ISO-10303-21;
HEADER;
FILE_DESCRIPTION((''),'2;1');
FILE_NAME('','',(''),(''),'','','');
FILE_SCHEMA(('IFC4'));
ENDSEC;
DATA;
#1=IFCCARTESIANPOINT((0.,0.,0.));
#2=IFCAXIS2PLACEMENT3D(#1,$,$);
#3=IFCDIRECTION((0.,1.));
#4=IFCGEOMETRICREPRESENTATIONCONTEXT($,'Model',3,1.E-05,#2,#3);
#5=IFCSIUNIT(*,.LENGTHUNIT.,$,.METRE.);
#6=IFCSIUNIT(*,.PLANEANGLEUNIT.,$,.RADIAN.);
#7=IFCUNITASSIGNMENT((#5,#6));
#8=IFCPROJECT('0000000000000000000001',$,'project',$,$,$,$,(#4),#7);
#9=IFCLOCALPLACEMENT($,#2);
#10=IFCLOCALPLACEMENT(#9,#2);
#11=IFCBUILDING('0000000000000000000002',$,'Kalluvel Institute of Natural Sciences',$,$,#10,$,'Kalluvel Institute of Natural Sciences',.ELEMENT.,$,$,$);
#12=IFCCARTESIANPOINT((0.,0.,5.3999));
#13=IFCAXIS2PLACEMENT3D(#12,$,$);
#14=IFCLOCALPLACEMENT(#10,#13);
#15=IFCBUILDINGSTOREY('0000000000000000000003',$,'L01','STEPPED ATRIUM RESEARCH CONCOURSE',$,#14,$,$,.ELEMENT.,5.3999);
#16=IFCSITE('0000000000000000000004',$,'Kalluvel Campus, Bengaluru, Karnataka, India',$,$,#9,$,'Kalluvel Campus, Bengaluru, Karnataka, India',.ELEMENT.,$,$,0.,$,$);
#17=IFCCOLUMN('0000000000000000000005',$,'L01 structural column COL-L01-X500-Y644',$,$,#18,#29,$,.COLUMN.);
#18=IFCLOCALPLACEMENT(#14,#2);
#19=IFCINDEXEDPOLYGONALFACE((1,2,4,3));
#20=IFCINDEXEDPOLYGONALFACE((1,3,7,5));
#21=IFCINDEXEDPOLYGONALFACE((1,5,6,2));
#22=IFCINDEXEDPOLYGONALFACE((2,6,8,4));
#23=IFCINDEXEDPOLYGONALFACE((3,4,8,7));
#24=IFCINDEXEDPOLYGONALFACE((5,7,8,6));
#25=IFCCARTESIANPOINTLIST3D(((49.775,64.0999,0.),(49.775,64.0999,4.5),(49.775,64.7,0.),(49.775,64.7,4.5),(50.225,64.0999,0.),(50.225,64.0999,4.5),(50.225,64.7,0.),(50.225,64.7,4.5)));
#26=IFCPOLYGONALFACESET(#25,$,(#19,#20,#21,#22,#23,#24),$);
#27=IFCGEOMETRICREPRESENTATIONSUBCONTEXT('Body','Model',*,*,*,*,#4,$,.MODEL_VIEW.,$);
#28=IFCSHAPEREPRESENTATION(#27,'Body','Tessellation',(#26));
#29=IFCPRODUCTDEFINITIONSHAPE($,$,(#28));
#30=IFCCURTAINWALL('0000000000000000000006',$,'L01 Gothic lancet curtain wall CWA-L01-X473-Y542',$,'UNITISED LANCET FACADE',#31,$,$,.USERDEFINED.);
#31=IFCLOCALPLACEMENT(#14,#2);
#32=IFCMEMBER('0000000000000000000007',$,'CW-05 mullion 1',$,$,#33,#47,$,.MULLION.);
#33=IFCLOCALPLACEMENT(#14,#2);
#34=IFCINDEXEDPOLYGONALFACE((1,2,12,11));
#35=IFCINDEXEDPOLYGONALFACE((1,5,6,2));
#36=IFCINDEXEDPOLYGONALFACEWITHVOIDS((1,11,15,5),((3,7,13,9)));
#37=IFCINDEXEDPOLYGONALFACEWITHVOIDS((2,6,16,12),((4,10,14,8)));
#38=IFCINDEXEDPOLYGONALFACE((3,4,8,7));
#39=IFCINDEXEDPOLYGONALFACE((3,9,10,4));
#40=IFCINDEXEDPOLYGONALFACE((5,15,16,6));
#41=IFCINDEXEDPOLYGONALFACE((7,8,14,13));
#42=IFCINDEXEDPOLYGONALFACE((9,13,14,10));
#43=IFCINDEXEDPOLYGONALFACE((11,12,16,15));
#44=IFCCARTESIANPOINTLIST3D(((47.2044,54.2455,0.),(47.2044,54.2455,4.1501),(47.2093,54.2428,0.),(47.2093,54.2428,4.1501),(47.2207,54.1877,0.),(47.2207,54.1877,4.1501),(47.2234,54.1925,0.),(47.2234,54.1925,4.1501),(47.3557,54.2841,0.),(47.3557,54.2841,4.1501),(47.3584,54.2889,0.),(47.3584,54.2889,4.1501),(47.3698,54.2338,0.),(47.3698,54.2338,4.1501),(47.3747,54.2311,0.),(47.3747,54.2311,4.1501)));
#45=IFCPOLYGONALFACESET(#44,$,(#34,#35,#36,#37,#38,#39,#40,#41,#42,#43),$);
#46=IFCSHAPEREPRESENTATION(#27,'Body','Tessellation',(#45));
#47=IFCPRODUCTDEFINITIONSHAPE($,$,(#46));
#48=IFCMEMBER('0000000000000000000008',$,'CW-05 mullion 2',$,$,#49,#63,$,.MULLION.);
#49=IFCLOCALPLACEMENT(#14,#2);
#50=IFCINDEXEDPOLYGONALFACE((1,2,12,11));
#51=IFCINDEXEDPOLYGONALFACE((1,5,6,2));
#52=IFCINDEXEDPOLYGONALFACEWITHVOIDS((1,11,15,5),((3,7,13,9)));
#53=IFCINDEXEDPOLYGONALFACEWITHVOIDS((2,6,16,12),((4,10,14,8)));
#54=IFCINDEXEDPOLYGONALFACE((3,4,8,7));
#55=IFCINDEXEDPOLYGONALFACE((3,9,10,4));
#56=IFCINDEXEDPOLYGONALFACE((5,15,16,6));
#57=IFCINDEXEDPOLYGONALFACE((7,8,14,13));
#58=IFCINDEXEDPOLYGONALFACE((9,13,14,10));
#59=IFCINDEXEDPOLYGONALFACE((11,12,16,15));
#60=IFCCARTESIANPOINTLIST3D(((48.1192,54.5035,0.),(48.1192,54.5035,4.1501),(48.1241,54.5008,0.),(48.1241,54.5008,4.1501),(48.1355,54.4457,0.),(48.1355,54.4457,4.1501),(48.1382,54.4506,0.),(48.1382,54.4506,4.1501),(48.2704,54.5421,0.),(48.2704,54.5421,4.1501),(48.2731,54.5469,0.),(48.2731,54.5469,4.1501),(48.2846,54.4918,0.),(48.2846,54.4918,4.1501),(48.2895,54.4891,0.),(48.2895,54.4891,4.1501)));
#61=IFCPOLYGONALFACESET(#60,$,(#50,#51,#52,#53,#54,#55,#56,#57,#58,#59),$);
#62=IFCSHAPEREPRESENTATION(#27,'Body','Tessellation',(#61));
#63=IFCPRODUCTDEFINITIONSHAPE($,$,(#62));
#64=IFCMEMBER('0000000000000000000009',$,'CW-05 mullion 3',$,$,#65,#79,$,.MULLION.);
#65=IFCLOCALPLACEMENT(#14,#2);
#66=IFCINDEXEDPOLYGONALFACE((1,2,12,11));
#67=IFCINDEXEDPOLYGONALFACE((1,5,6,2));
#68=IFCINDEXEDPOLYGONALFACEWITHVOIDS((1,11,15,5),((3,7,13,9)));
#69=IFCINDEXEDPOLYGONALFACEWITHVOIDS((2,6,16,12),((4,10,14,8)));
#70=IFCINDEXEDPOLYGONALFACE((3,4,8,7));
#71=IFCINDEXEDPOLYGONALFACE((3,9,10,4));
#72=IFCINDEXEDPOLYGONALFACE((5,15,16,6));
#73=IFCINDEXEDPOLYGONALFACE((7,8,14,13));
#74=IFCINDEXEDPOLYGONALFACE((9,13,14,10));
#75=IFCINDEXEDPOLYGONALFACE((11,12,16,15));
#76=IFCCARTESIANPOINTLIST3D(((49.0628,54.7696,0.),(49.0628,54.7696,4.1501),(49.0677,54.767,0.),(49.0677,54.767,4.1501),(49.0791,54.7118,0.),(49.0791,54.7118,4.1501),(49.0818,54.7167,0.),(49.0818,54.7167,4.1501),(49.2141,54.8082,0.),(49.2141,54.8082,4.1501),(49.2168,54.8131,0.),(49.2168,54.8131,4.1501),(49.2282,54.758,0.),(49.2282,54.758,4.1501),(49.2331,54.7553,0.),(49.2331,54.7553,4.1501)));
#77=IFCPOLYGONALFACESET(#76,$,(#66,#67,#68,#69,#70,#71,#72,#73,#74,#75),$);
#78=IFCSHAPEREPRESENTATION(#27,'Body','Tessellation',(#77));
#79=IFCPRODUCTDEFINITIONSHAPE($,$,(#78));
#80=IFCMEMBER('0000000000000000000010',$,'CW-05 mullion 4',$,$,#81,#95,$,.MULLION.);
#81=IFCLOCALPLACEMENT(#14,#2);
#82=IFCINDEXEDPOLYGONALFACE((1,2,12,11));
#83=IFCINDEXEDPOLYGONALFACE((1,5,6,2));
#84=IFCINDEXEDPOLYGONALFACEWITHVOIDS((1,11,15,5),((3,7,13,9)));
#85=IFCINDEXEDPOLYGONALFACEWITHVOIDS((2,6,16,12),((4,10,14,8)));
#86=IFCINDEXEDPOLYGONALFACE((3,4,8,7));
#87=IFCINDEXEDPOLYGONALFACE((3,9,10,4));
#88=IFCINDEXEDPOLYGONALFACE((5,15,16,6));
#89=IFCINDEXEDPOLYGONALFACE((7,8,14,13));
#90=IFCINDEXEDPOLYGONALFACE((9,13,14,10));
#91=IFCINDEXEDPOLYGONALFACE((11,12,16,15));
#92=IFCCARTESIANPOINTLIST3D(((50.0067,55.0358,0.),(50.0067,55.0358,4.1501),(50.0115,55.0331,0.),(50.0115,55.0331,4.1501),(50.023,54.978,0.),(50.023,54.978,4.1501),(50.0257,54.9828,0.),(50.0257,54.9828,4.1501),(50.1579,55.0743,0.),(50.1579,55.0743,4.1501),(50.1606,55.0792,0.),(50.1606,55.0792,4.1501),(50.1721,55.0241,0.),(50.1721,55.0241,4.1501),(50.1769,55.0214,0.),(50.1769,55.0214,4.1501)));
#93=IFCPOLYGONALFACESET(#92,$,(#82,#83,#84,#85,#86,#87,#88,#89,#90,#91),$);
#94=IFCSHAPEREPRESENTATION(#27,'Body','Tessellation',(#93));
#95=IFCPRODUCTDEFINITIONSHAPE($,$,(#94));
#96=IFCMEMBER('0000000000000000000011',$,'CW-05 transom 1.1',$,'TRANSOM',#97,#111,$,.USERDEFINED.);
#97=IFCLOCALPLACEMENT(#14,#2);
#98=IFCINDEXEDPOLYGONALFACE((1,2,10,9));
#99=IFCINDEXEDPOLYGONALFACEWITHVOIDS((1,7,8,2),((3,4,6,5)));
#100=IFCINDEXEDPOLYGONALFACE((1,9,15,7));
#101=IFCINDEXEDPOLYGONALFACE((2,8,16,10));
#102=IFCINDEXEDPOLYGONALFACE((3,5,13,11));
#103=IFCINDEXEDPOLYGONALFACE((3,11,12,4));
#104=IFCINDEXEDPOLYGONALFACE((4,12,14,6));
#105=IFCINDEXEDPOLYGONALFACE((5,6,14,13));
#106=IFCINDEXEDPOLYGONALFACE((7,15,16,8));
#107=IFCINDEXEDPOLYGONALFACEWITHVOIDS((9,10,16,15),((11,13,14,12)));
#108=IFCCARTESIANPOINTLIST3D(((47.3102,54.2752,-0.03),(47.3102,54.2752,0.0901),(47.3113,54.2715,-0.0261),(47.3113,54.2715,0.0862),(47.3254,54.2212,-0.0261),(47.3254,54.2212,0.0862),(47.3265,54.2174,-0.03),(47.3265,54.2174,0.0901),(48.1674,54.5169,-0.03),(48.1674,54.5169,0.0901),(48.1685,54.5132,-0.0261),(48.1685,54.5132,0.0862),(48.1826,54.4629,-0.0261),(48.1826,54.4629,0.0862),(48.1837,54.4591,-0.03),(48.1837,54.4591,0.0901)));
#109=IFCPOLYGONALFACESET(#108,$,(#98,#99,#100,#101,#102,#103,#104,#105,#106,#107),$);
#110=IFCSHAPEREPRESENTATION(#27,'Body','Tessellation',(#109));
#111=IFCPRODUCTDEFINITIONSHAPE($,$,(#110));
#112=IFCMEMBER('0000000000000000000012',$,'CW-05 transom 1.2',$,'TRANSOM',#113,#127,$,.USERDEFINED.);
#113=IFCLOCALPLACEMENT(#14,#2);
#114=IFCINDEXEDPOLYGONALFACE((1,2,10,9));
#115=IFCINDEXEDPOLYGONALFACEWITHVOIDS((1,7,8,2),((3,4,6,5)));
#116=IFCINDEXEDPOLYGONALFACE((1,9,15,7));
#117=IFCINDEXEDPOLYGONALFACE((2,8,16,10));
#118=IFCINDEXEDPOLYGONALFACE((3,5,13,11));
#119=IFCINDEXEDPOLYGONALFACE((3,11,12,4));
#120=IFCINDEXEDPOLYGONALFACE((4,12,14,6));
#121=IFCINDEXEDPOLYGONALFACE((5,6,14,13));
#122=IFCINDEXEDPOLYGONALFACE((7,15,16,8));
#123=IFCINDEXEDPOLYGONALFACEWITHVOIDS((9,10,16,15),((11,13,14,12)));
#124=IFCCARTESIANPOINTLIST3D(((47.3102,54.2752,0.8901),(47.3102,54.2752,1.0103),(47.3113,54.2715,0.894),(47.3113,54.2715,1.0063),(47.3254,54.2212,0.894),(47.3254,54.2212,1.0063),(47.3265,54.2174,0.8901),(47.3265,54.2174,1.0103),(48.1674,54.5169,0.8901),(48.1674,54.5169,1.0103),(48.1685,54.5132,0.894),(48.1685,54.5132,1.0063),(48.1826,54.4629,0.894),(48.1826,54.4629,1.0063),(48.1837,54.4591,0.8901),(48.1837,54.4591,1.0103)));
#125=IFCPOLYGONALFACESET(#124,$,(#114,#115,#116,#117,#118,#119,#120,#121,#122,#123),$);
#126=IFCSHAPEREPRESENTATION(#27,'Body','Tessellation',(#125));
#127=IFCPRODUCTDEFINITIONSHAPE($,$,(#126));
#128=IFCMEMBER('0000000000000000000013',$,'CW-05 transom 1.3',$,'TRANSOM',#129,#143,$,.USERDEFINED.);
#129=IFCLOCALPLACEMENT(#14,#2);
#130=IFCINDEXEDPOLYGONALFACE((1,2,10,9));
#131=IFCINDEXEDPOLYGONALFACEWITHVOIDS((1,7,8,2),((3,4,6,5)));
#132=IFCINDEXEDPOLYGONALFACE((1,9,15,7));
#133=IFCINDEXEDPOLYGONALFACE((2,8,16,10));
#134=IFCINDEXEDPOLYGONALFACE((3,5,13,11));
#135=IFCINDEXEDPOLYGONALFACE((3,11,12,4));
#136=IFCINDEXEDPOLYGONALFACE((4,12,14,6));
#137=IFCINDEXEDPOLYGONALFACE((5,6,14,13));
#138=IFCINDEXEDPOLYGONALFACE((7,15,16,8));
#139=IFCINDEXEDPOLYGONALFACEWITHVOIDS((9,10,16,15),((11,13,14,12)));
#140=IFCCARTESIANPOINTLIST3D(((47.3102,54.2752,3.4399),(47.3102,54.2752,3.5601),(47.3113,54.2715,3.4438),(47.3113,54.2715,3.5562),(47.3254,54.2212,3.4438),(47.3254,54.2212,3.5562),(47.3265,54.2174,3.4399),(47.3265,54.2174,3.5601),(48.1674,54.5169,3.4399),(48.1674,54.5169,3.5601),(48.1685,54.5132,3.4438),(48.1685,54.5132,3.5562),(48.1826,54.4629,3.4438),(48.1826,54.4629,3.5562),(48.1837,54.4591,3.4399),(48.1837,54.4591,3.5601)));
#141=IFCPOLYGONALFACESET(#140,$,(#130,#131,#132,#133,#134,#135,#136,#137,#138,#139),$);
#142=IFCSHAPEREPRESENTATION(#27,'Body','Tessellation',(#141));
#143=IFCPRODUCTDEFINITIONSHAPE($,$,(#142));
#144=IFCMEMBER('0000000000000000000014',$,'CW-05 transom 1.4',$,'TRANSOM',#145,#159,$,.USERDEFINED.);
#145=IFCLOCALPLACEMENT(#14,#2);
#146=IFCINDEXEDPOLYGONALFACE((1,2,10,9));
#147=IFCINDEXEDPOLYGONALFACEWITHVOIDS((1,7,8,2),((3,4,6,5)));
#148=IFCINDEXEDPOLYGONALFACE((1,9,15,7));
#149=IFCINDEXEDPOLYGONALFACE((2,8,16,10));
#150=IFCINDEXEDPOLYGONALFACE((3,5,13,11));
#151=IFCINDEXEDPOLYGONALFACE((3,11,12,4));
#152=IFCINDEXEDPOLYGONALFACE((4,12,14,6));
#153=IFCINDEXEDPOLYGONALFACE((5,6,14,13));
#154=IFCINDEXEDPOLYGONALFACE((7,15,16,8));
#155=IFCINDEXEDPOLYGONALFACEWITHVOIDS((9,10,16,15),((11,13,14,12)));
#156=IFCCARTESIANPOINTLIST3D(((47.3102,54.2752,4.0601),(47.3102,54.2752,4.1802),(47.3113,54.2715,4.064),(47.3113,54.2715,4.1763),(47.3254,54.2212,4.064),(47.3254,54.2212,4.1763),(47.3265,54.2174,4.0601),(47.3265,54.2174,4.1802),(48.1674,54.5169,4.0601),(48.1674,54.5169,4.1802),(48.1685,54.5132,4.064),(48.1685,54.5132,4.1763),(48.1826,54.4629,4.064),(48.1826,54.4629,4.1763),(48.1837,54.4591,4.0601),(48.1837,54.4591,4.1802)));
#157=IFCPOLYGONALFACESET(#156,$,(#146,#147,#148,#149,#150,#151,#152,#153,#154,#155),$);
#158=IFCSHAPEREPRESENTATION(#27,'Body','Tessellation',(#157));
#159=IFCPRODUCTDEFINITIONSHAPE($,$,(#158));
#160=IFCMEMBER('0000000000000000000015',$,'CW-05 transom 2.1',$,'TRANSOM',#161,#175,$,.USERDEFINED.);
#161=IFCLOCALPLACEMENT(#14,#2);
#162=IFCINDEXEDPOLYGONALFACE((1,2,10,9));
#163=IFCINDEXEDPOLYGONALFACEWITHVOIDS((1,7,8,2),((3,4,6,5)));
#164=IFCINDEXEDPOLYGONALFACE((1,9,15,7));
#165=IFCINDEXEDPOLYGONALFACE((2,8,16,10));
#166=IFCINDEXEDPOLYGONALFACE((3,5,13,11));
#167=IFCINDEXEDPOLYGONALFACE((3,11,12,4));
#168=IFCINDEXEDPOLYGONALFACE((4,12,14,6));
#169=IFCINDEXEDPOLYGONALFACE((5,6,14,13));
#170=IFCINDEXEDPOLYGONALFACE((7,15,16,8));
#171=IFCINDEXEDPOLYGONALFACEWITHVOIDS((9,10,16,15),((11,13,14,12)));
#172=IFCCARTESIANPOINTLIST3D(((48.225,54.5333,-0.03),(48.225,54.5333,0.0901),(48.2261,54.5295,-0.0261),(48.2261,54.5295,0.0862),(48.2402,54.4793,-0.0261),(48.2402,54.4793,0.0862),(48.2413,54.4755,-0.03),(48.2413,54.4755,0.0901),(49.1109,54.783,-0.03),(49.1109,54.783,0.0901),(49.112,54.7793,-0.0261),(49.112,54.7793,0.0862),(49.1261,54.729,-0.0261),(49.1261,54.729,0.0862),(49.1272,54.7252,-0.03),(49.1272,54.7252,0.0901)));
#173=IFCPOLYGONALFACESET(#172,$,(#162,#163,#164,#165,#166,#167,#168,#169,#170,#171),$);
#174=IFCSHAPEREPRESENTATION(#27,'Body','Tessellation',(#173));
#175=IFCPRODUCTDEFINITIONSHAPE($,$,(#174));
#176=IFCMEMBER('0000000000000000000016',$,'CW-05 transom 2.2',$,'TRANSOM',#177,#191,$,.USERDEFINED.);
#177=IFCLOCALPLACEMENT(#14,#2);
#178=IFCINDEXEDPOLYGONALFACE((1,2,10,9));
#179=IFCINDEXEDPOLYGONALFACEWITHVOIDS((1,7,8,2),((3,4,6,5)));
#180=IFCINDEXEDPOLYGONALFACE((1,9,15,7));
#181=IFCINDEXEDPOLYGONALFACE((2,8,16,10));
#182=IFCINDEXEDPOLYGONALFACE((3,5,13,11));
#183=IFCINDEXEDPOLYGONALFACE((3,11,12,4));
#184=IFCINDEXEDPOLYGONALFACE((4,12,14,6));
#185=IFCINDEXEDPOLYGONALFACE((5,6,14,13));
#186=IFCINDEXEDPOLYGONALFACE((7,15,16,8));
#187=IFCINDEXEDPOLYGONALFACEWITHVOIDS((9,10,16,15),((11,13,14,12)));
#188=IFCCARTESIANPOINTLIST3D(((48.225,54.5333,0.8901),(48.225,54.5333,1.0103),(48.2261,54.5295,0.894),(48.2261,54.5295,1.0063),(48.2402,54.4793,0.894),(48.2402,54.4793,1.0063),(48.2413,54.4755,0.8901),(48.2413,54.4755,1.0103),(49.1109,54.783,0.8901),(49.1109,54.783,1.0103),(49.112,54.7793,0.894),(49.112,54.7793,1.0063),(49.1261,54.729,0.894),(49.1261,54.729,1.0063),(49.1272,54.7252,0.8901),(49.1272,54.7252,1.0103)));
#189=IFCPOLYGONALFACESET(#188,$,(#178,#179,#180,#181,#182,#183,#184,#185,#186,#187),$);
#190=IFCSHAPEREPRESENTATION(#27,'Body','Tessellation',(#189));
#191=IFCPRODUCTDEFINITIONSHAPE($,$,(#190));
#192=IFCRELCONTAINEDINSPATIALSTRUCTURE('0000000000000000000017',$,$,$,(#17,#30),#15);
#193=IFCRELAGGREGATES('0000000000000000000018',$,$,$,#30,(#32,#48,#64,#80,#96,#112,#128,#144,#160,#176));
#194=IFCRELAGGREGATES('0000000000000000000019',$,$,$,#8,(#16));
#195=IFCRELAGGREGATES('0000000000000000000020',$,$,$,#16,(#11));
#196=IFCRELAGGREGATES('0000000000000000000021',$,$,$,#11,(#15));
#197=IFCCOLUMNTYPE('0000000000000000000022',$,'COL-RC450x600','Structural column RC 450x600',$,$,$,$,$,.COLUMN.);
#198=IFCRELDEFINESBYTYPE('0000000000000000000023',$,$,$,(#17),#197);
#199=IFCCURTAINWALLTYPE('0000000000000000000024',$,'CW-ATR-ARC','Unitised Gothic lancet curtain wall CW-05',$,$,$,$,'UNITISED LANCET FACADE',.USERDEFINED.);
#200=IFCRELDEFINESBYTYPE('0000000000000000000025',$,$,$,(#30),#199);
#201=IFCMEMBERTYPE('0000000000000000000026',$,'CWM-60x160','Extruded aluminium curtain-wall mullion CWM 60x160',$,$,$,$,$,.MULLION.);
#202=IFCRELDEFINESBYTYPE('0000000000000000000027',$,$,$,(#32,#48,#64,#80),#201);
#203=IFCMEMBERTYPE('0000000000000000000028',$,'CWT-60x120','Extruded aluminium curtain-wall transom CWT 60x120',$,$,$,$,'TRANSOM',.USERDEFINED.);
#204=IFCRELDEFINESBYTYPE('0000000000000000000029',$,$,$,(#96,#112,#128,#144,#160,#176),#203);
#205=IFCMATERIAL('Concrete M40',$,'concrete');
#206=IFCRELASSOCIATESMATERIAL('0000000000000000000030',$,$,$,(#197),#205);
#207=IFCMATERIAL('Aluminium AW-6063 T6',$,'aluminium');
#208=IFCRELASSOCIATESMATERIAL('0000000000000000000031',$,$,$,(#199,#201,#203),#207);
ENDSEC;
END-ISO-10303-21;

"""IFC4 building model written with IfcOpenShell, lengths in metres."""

from ifc_helpers import new_model, si_unit, direction, frame, origin, origin_2d, place, context, subcontext, project, spatial, rectangle, hollow_rectangle, extrude, material, material_profile, profile_set, type_object, element, aggregate, save


model = new_model("IFC4")

# Units and contexts
model_context = context("Model", 3, precision=1e-05, world=origin(), true_north=direction((0.0, 1.0)))
body_context = subcontext(model_context, "Body", "Model", "MODEL_VIEW")
ifc_project = project(units=[si_unit("LENGTHUNIT", "METRE"), si_unit("PLANEANGLEUNIT", "RADIAN")], contexts=[model_context])

# Site, building, storey
site_placement = place(None, origin())
site = spatial("IfcSite", under=ifc_project, at=site_placement, Name="Kalluvel Campus, Bengaluru, Karnataka, India", LongName="Kalluvel Campus, Bengaluru, Karnataka, India", CompositionType="ELEMENT", RefElevation=0.0)
building_placement = place(site_placement, origin())
building = spatial("IfcBuilding", under=site, at=building_placement, Name="Kalluvel Institute of Natural Sciences", LongName="Kalluvel Institute of Natural Sciences", CompositionType="ELEMENT")
storey_placement = place(building_placement, frame((0.0, 0.0, 5.3999)))
storey = spatial("IfcBuildingStorey", under=building, at=storey_placement, Name="L01", Description="STEPPED ATRIUM RESEARCH CONCOURSE", CompositionType="ELEMENT", Elevation=5.3999)

# Column
ifc_material_1 = material(Name="Concrete M40", Category="concrete")
ifc_material_profile_1 = material_profile(ifc_material_1, rectangle(XDim=0.45, YDim=0.6001, at=origin_2d()), Name="RC 450x600")
ifc_profile_set_1 = profile_set([ifc_material_profile_1], Name="Concrete M40")
column_type = type_object("IfcColumnType", Name="COL-RC450x600", Description="Structural column RC 450x600", PredefinedType="COLUMN", material=ifc_profile_set_1)
column_placement = place(storey_placement, frame((50.0, 64.3999, 0.0), z_axis=(0.0, 0.0, 1.0), x_axis=(1.0, 0.0, 0.0)))
element("IfcColumn", 1, at=column_placement, inside=storey, type_object=column_type, Name="L01 structural column COL-L01-X500-Y644", PredefinedType="COLUMN", context=body_context, shape_type="SweptSolid", body=[
    extrude(rectangle(XDim=0.45, YDim=0.6001, at=origin_2d()), origin(), (0.0, 0.0, 1.0), 4.5),
])

# Curtain wall, members
ifc_material_2 = material(Name="Aluminium AW-6063 T6", Category="aluminium")
curtain_wall_type = type_object("IfcCurtainWallType", Name="CW-ATR-ARC", Description="Unitised Gothic lancet curtain wall CW-05", ElementType="UNITISED LANCET FACADE", PredefinedType="USERDEFINED", material=ifc_material_2)
curtain_wall_placement = place(storey_placement, origin())
curtain_wall = element("IfcCurtainWall", 2, at=curtain_wall_placement, inside=storey, type_object=curtain_wall_type, Name="L01 Gothic lancet curtain wall CWA-L01-X473-Y542", ObjectType="UNITISED LANCET FACADE", PredefinedType="USERDEFINED")
ifc_material_profile_2 = material_profile(ifc_material_2, hollow_rectangle(XDim=0.0601, YDim=0.1599, WallThickness=0.0039, at=origin_2d()), Name="CWM 60x160")
ifc_profile_set_2 = profile_set([ifc_material_profile_2], Name="Aluminium AW-6063 T6")
member_type_1 = type_object("IfcMemberType", Name="CWM-60x160", Description="Extruded aluminium curtain-wall mullion CWM 60x160", PredefinedType="MULLION", material=ifc_profile_set_2)
member_1_placement = place(storey_placement, frame((47.2896, 54.2383, 0.0), z_axis=(0.0, 0.0, 1.0), x_axis=(-0.27144, 0.962455, 0.0)))
member_1 = element("IfcMember", 3, at=member_1_placement, type_object=member_type_1, Name="CW-05 mullion 1", PredefinedType="MULLION", context=body_context, shape_type="SweptSolid", body=[
    extrude(hollow_rectangle(XDim=0.0601, YDim=0.1599, WallThickness=0.0039, at=origin_2d()), origin(), (0.0, 0.0, 1.0), 4.1501),
])
member_2_placement = place(storey_placement, frame((48.2043, 54.4963, 0.0), z_axis=(0.0, 0.0, 1.0), x_axis=(-0.27144, 0.962455, 0.0)))
member_2 = element("IfcMember", 4, at=member_2_placement, type_object=member_type_1, Name="CW-05 mullion 2", PredefinedType="MULLION", context=body_context, shape_type="SweptSolid", body=[
    extrude(hollow_rectangle(XDim=0.0601, YDim=0.1599, WallThickness=0.0039, at=origin_2d()), origin(), (0.0, 0.0, 1.0), 4.1501),
])
member_3_placement = place(storey_placement, frame((49.1479, 54.7625, 0.0), z_axis=(0.0, 0.0, 1.0), x_axis=(-0.27144, 0.962455, 0.0)))
member_3 = element("IfcMember", 5, at=member_3_placement, type_object=member_type_1, Name="CW-05 mullion 3", PredefinedType="MULLION", context=body_context, shape_type="SweptSolid", body=[
    extrude(hollow_rectangle(XDim=0.0601, YDim=0.1599, WallThickness=0.0039, at=origin_2d()), origin(), (0.0, 0.0, 1.0), 4.1501),
])
member_4_placement = place(storey_placement, frame((50.0918, 55.0286, 0.0), z_axis=(0.0, 0.0, 1.0), x_axis=(-0.27144, 0.962455, 0.0)))
member_4 = element("IfcMember", 6, at=member_4_placement, type_object=member_type_1, Name="CW-05 mullion 4", PredefinedType="MULLION", context=body_context, shape_type="SweptSolid", body=[
    extrude(hollow_rectangle(XDim=0.0601, YDim=0.1599, WallThickness=0.0039, at=origin_2d()), origin(), (0.0, 0.0, 1.0), 4.1501),
])
ifc_material_profile_3 = material_profile(ifc_material_2, hollow_rectangle(XDim=0.0601, YDim=0.1201, WallThickness=0.0039, at=origin_2d()), Name="CWT 60x120")
ifc_profile_set_3 = profile_set([ifc_material_profile_3], Name="Aluminium AW-6063 T6")
member_type_2 = type_object("IfcMemberType", Name="CWT-60x120", Description="Extruded aluminium curtain-wall transom CWT 60x120", ElementType="TRANSOM", PredefinedType="USERDEFINED", material=ifc_profile_set_3)
member_5_placement = place(storey_placement, frame((47.3184, 54.2463, 0.03), z_axis=(0.96247, 0.271389, 0.0), x_axis=(-0.271389, 0.96247, 0.0)))
member_5 = element("IfcMember", 7, at=member_5_placement, type_object=member_type_2, Name="CW-05 transom 1.1", ObjectType="TRANSOM", PredefinedType="USERDEFINED", context=body_context, shape_type="SweptSolid", body=[
    extrude(hollow_rectangle(XDim=0.0601, YDim=0.1201, WallThickness=0.0039, at=origin_2d()), origin(), (0.0, 0.0, 1.0), 0.8906),
])
member_6_placement = place(storey_placement, frame((47.3184, 54.2463, 0.9502), z_axis=(0.96247, 0.271389, 0.0), x_axis=(-0.271389, 0.96247, 0.0)))
member_6 = element("IfcMember", 8, at=member_6_placement, type_object=member_type_2, Name="CW-05 transom 1.2", ObjectType="TRANSOM", PredefinedType="USERDEFINED", context=body_context, shape_type="SweptSolid", body=[
    extrude(hollow_rectangle(XDim=0.0601, YDim=0.1201, WallThickness=0.0039, at=origin_2d()), origin(), (0.0, 0.0, 1.0), 0.8906),
])
member_7_placement = place(storey_placement, frame((47.3184, 54.2463, 3.5), z_axis=(0.96247, 0.271389, 0.0), x_axis=(-0.271389, 0.96247, 0.0)))
member_7 = element("IfcMember", 9, at=member_7_placement, type_object=member_type_2, Name="CW-05 transom 1.3", ObjectType="TRANSOM", PredefinedType="USERDEFINED", context=body_context, shape_type="SweptSolid", body=[
    extrude(hollow_rectangle(XDim=0.0601, YDim=0.1201, WallThickness=0.0039, at=origin_2d()), origin(), (0.0, 0.0, 1.0), 0.8906),
])
member_8_placement = place(storey_placement, frame((47.3184, 54.2463, 4.1201), z_axis=(0.96247, 0.271389, 0.0), x_axis=(-0.271389, 0.96247, 0.0)))
member_8 = element("IfcMember", 10, at=member_8_placement, type_object=member_type_2, Name="CW-05 transom 1.4", ObjectType="TRANSOM", PredefinedType="USERDEFINED", context=body_context, shape_type="SweptSolid", body=[
    extrude(hollow_rectangle(XDim=0.0601, YDim=0.1201, WallThickness=0.0039, at=origin_2d()), origin(), (0.0, 0.0, 1.0), 0.8906),
])
member_9_placement = place(storey_placement, frame((48.2332, 54.5044, 0.03), z_axis=(0.962489, 0.271322, 0.0), x_axis=(-0.271322, 0.962489, 0.0)))
member_9 = element("IfcMember", 11, at=member_9_placement, type_object=member_type_2, Name="CW-05 transom 2.1", ObjectType="TRANSOM", PredefinedType="USERDEFINED", context=body_context, shape_type="SweptSolid", body=[
    extrude(hollow_rectangle(XDim=0.0601, YDim=0.1201, WallThickness=0.0039, at=origin_2d()), origin(), (0.0, 0.0, 1.0), 0.9204),
])
member_10_placement = place(storey_placement, frame((48.2332, 54.5044, 0.9502), z_axis=(0.962489, 0.271322, 0.0), x_axis=(-0.271322, 0.962489, 0.0)))
member_10 = element("IfcMember", 12, at=member_10_placement, type_object=member_type_2, Name="CW-05 transom 2.2", ObjectType="TRANSOM", PredefinedType="USERDEFINED", context=body_context, shape_type="SweptSolid", body=[
    extrude(hollow_rectangle(XDim=0.0601, YDim=0.1201, WallThickness=0.0039, at=origin_2d()), origin(), (0.0, 0.0, 1.0), 0.9204),
])
aggregate(curtain_wall, [member_1, member_2, member_3, member_4, member_5, member_6, member_7, member_8, member_9, member_10])

save(model, "model.ifc")
